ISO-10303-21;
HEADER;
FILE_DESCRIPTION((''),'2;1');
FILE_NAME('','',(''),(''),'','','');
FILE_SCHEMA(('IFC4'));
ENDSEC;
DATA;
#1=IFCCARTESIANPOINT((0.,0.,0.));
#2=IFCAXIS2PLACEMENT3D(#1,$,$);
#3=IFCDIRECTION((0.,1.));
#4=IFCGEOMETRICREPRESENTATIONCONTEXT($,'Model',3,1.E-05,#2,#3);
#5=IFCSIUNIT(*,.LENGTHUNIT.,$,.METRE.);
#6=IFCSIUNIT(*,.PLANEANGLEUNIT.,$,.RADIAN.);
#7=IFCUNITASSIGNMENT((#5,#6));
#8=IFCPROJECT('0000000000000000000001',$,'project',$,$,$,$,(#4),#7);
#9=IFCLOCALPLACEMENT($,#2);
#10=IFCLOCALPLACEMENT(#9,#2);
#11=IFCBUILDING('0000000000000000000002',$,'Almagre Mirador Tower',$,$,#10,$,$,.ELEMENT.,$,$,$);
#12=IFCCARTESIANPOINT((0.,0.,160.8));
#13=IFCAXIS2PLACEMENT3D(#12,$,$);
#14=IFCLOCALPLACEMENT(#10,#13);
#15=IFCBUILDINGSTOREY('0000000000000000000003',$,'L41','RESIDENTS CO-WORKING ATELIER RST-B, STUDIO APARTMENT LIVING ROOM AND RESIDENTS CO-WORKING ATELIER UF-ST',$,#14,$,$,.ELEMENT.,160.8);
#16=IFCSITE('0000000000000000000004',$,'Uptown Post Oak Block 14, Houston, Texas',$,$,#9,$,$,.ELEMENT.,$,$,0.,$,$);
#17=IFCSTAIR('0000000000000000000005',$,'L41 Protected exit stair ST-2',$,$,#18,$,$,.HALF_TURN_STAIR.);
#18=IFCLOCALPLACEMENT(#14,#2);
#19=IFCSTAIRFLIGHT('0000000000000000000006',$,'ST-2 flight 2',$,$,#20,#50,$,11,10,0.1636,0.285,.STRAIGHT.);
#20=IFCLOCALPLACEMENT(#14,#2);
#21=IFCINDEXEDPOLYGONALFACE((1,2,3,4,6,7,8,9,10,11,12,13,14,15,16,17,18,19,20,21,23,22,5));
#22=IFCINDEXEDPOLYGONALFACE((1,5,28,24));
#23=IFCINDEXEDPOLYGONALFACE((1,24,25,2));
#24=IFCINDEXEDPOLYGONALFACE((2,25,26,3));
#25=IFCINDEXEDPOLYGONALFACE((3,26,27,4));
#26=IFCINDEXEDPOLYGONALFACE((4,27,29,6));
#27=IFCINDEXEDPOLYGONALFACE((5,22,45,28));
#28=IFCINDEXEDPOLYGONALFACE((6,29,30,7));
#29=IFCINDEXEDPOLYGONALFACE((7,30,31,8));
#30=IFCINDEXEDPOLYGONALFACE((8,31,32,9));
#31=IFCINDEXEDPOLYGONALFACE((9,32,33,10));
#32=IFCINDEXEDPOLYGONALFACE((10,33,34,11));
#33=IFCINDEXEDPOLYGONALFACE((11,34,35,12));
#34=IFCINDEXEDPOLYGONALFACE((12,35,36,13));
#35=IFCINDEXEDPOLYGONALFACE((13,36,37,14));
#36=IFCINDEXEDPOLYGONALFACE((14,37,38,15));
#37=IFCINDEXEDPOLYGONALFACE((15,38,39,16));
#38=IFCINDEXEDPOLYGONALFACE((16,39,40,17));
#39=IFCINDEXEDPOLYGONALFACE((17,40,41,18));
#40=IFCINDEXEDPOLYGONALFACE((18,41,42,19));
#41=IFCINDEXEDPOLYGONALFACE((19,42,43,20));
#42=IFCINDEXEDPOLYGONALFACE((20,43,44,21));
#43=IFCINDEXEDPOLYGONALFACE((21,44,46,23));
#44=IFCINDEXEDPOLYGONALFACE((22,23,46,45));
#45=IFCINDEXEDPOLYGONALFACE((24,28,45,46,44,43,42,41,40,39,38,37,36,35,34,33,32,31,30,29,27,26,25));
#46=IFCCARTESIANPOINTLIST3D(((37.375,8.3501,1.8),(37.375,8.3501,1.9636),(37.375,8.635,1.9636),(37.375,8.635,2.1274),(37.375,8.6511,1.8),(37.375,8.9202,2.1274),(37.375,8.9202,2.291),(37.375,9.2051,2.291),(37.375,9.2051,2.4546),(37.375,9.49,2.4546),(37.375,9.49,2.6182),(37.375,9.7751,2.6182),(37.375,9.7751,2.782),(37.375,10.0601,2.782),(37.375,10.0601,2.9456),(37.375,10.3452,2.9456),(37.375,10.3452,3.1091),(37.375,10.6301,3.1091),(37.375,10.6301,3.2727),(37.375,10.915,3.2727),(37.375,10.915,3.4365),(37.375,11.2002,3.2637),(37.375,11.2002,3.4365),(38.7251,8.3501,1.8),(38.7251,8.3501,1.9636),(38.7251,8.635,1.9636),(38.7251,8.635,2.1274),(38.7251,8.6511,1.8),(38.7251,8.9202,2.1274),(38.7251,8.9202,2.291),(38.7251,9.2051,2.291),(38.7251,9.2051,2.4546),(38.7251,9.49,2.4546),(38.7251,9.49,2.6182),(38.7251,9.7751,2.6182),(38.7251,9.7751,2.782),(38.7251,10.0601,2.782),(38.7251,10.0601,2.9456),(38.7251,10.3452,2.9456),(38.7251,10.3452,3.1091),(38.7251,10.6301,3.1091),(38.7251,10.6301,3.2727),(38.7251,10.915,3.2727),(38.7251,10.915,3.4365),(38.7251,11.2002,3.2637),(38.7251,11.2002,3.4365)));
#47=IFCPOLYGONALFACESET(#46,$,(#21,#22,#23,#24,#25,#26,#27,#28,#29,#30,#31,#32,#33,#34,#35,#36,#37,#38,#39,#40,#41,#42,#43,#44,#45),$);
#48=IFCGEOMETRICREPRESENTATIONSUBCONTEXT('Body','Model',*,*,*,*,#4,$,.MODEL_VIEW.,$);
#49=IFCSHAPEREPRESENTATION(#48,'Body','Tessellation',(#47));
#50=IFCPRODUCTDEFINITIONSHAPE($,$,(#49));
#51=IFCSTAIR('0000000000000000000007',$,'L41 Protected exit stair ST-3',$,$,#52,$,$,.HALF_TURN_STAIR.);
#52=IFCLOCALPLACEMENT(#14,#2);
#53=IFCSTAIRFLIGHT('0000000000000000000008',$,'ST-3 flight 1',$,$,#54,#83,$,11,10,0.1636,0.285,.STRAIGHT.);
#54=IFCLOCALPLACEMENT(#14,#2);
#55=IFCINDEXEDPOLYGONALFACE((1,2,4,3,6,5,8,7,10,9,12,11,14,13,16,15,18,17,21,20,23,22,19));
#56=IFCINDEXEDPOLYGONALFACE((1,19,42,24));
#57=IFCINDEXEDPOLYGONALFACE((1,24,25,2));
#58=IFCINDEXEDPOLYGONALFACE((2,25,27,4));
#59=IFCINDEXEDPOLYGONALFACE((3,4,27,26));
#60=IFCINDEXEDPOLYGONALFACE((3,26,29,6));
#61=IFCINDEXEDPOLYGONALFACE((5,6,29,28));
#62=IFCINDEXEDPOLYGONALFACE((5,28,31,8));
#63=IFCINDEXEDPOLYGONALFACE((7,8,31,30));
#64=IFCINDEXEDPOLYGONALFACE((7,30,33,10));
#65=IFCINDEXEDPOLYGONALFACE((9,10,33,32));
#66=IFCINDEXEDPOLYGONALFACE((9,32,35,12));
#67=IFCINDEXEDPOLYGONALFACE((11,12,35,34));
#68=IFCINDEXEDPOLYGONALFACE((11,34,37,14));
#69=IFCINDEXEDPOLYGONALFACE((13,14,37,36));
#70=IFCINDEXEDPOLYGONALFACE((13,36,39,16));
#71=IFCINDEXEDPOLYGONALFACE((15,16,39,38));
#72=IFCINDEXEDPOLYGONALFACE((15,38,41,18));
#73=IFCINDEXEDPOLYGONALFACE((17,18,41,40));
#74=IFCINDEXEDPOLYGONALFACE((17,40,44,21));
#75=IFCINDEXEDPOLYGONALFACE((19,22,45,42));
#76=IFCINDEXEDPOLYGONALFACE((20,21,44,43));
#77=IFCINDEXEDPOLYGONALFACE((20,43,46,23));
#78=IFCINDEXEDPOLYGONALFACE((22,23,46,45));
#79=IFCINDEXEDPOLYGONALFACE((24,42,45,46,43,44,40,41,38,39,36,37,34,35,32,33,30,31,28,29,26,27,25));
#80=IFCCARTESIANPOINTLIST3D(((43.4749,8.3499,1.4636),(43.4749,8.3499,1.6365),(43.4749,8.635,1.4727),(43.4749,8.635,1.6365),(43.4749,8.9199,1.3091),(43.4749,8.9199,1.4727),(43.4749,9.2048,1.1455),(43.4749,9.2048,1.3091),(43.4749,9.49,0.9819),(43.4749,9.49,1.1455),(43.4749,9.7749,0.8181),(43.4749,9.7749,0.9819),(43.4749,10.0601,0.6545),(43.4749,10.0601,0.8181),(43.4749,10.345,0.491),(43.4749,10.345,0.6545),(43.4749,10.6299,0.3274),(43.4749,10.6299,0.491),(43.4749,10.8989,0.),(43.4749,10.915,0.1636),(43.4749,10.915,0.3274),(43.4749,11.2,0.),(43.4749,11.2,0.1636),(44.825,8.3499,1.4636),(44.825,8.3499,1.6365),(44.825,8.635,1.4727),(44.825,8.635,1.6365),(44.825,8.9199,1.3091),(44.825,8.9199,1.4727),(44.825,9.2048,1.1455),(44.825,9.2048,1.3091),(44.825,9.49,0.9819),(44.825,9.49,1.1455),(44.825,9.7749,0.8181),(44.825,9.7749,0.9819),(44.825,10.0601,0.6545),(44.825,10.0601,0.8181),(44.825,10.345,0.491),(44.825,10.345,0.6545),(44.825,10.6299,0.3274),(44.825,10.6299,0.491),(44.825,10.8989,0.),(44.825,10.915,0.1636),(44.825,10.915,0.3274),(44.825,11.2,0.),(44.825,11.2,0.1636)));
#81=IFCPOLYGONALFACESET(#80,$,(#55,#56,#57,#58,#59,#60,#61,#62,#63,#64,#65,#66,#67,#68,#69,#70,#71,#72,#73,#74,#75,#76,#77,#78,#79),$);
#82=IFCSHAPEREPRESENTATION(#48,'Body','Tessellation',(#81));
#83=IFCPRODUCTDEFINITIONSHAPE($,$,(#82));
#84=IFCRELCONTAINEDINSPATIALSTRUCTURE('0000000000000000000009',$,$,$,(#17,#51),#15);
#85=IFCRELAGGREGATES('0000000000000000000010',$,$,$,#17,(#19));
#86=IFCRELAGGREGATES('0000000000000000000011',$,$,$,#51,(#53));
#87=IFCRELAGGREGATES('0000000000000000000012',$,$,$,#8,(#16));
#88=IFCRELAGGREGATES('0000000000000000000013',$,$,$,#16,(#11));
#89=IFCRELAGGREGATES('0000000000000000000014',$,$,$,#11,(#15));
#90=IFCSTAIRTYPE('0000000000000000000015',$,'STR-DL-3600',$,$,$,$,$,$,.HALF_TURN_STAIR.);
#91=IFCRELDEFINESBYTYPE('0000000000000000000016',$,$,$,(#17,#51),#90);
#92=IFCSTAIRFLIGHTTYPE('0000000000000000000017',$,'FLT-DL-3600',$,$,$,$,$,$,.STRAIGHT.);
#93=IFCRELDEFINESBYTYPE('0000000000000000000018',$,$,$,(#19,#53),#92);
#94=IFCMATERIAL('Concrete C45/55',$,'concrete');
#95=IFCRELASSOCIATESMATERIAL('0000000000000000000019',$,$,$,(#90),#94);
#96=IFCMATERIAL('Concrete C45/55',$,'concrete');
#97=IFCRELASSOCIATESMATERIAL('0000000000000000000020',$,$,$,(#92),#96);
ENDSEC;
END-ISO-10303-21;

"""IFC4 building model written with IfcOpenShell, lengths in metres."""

from ifc_helpers import new_model, si_unit, direction, frame, origin, place, context, subcontext, project, spatial, polyline, outline, extrude, material, type_object, element, aggregate, save


model = new_model("IFC4")

# Units and contexts
model_context = context("Model", 3, precision=1e-05, world=origin(), true_north=direction((0.0, 1.0)))
body_context = subcontext(model_context, "Body", "Model", "MODEL_VIEW")
ifc_project = project(units=[si_unit("LENGTHUNIT", "METRE"), si_unit("PLANEANGLEUNIT", "RADIAN")], contexts=[model_context])

# Site, building, storey
site_placement = place(None, origin())
site = spatial("IfcSite", under=ifc_project, at=site_placement, Name="Uptown Post Oak Block 14, Houston, Texas", CompositionType="ELEMENT", RefElevation=0.0)
building_placement = place(site_placement, origin())
building = spatial("IfcBuilding", under=site, at=building_placement, Name="Almagre Mirador Tower", CompositionType="ELEMENT")
storey_placement = place(building_placement, frame((0.0, 0.0, 160.8)))
storey = spatial("IfcBuildingStorey", under=building, at=storey_placement, Name="L41", Description="RESIDENTS CO-WORKING ATELIER RST-B, STUDIO APARTMENT LIVING ROOM AND RESIDENTS CO-WORKING ATELIER UF-ST", CompositionType="ELEMENT", Elevation=160.8)

# Stair, stair flight
ifc_material_1 = material(Name="Concrete C45/55", Category="concrete")
stair_type = type_object("IfcStairType", Name="STR-DL-3600", PredefinedType="HALF_TURN_STAIR", material=ifc_material_1)
stair_1_placement = place(storey_placement, origin())
stair_1 = element("IfcStair", 1, at=stair_1_placement, inside=storey, type_object=stair_type, Name="L41 Protected exit stair ST-2", PredefinedType="HALF_TURN_STAIR")
ifc_material_2 = material(Name="Concrete C45/55", Category="concrete")
stair_flight_type = type_object("IfcStairFlightType", Name="FLT-DL-3600", PredefinedType="STRAIGHT", material=ifc_material_2)
stair_flight_1_placement = place(storey_placement, frame((38.05, 8.3501, 1.8), z_axis=(0.0, 0.0, 1.0), x_axis=(0.0, 1.0, 0.0)))
stair_flight_1 = element("IfcStairFlight", 2, at=stair_flight_1_placement, type_object=stair_flight_type, Name="ST-2 flight 2", NumberOfRisers=11, NumberOfTreads=10, PredefinedType="STRAIGHT", RiserHeight=0.1636, TreadLength=0.285, context=body_context, shape_type="SweptSolid", body=[
    extrude(outline(polyline([(0.0, 0.0), (0.0, 0.1636), (0.2849, 0.1636), (0.2849, 0.3274), (0.5701, 0.3274), (0.5701, 0.491), (0.855, 0.491), (0.855, 0.6545), (1.1399, 0.6545), (1.1399, 0.8181), (1.425, 0.8181), (1.425, 0.9819), (1.71, 0.9819), (1.71, 1.1455), (1.9951, 1.1455), (1.9951, 1.3091), (2.28, 1.3091), (2.28, 1.4727), (2.5649, 1.4727), (2.5649, 1.6365), (2.8501, 1.6365), (2.8501, 1.8), (2.8501, 1.4636), (0.301, 0.0), (0.0, 0.0)])), frame((0.0, 0.675, 0.0), z_axis=(0.0, -1.0, 0.0), x_axis=(1.0, 0.0, 0.0)), (0.0, 0.0, 1.0), 1.3501),
])
aggregate(stair_1, [stair_flight_1])

# Stair, stair flight
stair_2_placement = place(storey_placement, origin())
stair_2 = element("IfcStair", 3, at=stair_2_placement, inside=storey, type_object=stair_type, Name="L41 Protected exit stair ST-3", PredefinedType="HALF_TURN_STAIR")
stair_flight_2_placement = place(storey_placement, frame((44.1499, 11.2, 0.0), z_axis=(0.0, 0.0, 1.0), x_axis=(0.0, -1.0, 0.0)))
stair_flight_2 = element("IfcStairFlight", 4, at=stair_flight_2_placement, type_object=stair_flight_type, Name="ST-3 flight 1", NumberOfRisers=11, NumberOfTreads=10, PredefinedType="STRAIGHT", RiserHeight=0.1636, TreadLength=0.285, context=body_context, shape_type="SweptSolid", body=[
    extrude(outline(polyline([(0.0, 0.0), (0.0, 0.1636), (0.2849, 0.1636), (0.2849, 0.3274), (0.5701, 0.3274), (0.5701, 0.491), (0.855, 0.491), (0.855, 0.6545), (1.1399, 0.6545), (1.1399, 0.8181), (1.425, 0.8181), (1.425, 0.9819), (1.71, 0.9819), (1.71, 1.1455), (1.9951, 1.1455), (1.9951, 1.3091), (2.28, 1.3091), (2.28, 1.4727), (2.5649, 1.4727), (2.5649, 1.6365), (2.8501, 1.6365), (2.8501, 1.8), (2.8501, 1.4636), (0.301, 0.0), (0.0, 0.0)])), frame((0.0, 0.675, 0.0), z_axis=(0.0, -1.0, 0.0), x_axis=(1.0, 0.0, 0.0)), (0.0, 0.0, 1.0), 1.3501),
])
aggregate(stair_2, [stair_flight_2])

save(model, "model.ifc")
